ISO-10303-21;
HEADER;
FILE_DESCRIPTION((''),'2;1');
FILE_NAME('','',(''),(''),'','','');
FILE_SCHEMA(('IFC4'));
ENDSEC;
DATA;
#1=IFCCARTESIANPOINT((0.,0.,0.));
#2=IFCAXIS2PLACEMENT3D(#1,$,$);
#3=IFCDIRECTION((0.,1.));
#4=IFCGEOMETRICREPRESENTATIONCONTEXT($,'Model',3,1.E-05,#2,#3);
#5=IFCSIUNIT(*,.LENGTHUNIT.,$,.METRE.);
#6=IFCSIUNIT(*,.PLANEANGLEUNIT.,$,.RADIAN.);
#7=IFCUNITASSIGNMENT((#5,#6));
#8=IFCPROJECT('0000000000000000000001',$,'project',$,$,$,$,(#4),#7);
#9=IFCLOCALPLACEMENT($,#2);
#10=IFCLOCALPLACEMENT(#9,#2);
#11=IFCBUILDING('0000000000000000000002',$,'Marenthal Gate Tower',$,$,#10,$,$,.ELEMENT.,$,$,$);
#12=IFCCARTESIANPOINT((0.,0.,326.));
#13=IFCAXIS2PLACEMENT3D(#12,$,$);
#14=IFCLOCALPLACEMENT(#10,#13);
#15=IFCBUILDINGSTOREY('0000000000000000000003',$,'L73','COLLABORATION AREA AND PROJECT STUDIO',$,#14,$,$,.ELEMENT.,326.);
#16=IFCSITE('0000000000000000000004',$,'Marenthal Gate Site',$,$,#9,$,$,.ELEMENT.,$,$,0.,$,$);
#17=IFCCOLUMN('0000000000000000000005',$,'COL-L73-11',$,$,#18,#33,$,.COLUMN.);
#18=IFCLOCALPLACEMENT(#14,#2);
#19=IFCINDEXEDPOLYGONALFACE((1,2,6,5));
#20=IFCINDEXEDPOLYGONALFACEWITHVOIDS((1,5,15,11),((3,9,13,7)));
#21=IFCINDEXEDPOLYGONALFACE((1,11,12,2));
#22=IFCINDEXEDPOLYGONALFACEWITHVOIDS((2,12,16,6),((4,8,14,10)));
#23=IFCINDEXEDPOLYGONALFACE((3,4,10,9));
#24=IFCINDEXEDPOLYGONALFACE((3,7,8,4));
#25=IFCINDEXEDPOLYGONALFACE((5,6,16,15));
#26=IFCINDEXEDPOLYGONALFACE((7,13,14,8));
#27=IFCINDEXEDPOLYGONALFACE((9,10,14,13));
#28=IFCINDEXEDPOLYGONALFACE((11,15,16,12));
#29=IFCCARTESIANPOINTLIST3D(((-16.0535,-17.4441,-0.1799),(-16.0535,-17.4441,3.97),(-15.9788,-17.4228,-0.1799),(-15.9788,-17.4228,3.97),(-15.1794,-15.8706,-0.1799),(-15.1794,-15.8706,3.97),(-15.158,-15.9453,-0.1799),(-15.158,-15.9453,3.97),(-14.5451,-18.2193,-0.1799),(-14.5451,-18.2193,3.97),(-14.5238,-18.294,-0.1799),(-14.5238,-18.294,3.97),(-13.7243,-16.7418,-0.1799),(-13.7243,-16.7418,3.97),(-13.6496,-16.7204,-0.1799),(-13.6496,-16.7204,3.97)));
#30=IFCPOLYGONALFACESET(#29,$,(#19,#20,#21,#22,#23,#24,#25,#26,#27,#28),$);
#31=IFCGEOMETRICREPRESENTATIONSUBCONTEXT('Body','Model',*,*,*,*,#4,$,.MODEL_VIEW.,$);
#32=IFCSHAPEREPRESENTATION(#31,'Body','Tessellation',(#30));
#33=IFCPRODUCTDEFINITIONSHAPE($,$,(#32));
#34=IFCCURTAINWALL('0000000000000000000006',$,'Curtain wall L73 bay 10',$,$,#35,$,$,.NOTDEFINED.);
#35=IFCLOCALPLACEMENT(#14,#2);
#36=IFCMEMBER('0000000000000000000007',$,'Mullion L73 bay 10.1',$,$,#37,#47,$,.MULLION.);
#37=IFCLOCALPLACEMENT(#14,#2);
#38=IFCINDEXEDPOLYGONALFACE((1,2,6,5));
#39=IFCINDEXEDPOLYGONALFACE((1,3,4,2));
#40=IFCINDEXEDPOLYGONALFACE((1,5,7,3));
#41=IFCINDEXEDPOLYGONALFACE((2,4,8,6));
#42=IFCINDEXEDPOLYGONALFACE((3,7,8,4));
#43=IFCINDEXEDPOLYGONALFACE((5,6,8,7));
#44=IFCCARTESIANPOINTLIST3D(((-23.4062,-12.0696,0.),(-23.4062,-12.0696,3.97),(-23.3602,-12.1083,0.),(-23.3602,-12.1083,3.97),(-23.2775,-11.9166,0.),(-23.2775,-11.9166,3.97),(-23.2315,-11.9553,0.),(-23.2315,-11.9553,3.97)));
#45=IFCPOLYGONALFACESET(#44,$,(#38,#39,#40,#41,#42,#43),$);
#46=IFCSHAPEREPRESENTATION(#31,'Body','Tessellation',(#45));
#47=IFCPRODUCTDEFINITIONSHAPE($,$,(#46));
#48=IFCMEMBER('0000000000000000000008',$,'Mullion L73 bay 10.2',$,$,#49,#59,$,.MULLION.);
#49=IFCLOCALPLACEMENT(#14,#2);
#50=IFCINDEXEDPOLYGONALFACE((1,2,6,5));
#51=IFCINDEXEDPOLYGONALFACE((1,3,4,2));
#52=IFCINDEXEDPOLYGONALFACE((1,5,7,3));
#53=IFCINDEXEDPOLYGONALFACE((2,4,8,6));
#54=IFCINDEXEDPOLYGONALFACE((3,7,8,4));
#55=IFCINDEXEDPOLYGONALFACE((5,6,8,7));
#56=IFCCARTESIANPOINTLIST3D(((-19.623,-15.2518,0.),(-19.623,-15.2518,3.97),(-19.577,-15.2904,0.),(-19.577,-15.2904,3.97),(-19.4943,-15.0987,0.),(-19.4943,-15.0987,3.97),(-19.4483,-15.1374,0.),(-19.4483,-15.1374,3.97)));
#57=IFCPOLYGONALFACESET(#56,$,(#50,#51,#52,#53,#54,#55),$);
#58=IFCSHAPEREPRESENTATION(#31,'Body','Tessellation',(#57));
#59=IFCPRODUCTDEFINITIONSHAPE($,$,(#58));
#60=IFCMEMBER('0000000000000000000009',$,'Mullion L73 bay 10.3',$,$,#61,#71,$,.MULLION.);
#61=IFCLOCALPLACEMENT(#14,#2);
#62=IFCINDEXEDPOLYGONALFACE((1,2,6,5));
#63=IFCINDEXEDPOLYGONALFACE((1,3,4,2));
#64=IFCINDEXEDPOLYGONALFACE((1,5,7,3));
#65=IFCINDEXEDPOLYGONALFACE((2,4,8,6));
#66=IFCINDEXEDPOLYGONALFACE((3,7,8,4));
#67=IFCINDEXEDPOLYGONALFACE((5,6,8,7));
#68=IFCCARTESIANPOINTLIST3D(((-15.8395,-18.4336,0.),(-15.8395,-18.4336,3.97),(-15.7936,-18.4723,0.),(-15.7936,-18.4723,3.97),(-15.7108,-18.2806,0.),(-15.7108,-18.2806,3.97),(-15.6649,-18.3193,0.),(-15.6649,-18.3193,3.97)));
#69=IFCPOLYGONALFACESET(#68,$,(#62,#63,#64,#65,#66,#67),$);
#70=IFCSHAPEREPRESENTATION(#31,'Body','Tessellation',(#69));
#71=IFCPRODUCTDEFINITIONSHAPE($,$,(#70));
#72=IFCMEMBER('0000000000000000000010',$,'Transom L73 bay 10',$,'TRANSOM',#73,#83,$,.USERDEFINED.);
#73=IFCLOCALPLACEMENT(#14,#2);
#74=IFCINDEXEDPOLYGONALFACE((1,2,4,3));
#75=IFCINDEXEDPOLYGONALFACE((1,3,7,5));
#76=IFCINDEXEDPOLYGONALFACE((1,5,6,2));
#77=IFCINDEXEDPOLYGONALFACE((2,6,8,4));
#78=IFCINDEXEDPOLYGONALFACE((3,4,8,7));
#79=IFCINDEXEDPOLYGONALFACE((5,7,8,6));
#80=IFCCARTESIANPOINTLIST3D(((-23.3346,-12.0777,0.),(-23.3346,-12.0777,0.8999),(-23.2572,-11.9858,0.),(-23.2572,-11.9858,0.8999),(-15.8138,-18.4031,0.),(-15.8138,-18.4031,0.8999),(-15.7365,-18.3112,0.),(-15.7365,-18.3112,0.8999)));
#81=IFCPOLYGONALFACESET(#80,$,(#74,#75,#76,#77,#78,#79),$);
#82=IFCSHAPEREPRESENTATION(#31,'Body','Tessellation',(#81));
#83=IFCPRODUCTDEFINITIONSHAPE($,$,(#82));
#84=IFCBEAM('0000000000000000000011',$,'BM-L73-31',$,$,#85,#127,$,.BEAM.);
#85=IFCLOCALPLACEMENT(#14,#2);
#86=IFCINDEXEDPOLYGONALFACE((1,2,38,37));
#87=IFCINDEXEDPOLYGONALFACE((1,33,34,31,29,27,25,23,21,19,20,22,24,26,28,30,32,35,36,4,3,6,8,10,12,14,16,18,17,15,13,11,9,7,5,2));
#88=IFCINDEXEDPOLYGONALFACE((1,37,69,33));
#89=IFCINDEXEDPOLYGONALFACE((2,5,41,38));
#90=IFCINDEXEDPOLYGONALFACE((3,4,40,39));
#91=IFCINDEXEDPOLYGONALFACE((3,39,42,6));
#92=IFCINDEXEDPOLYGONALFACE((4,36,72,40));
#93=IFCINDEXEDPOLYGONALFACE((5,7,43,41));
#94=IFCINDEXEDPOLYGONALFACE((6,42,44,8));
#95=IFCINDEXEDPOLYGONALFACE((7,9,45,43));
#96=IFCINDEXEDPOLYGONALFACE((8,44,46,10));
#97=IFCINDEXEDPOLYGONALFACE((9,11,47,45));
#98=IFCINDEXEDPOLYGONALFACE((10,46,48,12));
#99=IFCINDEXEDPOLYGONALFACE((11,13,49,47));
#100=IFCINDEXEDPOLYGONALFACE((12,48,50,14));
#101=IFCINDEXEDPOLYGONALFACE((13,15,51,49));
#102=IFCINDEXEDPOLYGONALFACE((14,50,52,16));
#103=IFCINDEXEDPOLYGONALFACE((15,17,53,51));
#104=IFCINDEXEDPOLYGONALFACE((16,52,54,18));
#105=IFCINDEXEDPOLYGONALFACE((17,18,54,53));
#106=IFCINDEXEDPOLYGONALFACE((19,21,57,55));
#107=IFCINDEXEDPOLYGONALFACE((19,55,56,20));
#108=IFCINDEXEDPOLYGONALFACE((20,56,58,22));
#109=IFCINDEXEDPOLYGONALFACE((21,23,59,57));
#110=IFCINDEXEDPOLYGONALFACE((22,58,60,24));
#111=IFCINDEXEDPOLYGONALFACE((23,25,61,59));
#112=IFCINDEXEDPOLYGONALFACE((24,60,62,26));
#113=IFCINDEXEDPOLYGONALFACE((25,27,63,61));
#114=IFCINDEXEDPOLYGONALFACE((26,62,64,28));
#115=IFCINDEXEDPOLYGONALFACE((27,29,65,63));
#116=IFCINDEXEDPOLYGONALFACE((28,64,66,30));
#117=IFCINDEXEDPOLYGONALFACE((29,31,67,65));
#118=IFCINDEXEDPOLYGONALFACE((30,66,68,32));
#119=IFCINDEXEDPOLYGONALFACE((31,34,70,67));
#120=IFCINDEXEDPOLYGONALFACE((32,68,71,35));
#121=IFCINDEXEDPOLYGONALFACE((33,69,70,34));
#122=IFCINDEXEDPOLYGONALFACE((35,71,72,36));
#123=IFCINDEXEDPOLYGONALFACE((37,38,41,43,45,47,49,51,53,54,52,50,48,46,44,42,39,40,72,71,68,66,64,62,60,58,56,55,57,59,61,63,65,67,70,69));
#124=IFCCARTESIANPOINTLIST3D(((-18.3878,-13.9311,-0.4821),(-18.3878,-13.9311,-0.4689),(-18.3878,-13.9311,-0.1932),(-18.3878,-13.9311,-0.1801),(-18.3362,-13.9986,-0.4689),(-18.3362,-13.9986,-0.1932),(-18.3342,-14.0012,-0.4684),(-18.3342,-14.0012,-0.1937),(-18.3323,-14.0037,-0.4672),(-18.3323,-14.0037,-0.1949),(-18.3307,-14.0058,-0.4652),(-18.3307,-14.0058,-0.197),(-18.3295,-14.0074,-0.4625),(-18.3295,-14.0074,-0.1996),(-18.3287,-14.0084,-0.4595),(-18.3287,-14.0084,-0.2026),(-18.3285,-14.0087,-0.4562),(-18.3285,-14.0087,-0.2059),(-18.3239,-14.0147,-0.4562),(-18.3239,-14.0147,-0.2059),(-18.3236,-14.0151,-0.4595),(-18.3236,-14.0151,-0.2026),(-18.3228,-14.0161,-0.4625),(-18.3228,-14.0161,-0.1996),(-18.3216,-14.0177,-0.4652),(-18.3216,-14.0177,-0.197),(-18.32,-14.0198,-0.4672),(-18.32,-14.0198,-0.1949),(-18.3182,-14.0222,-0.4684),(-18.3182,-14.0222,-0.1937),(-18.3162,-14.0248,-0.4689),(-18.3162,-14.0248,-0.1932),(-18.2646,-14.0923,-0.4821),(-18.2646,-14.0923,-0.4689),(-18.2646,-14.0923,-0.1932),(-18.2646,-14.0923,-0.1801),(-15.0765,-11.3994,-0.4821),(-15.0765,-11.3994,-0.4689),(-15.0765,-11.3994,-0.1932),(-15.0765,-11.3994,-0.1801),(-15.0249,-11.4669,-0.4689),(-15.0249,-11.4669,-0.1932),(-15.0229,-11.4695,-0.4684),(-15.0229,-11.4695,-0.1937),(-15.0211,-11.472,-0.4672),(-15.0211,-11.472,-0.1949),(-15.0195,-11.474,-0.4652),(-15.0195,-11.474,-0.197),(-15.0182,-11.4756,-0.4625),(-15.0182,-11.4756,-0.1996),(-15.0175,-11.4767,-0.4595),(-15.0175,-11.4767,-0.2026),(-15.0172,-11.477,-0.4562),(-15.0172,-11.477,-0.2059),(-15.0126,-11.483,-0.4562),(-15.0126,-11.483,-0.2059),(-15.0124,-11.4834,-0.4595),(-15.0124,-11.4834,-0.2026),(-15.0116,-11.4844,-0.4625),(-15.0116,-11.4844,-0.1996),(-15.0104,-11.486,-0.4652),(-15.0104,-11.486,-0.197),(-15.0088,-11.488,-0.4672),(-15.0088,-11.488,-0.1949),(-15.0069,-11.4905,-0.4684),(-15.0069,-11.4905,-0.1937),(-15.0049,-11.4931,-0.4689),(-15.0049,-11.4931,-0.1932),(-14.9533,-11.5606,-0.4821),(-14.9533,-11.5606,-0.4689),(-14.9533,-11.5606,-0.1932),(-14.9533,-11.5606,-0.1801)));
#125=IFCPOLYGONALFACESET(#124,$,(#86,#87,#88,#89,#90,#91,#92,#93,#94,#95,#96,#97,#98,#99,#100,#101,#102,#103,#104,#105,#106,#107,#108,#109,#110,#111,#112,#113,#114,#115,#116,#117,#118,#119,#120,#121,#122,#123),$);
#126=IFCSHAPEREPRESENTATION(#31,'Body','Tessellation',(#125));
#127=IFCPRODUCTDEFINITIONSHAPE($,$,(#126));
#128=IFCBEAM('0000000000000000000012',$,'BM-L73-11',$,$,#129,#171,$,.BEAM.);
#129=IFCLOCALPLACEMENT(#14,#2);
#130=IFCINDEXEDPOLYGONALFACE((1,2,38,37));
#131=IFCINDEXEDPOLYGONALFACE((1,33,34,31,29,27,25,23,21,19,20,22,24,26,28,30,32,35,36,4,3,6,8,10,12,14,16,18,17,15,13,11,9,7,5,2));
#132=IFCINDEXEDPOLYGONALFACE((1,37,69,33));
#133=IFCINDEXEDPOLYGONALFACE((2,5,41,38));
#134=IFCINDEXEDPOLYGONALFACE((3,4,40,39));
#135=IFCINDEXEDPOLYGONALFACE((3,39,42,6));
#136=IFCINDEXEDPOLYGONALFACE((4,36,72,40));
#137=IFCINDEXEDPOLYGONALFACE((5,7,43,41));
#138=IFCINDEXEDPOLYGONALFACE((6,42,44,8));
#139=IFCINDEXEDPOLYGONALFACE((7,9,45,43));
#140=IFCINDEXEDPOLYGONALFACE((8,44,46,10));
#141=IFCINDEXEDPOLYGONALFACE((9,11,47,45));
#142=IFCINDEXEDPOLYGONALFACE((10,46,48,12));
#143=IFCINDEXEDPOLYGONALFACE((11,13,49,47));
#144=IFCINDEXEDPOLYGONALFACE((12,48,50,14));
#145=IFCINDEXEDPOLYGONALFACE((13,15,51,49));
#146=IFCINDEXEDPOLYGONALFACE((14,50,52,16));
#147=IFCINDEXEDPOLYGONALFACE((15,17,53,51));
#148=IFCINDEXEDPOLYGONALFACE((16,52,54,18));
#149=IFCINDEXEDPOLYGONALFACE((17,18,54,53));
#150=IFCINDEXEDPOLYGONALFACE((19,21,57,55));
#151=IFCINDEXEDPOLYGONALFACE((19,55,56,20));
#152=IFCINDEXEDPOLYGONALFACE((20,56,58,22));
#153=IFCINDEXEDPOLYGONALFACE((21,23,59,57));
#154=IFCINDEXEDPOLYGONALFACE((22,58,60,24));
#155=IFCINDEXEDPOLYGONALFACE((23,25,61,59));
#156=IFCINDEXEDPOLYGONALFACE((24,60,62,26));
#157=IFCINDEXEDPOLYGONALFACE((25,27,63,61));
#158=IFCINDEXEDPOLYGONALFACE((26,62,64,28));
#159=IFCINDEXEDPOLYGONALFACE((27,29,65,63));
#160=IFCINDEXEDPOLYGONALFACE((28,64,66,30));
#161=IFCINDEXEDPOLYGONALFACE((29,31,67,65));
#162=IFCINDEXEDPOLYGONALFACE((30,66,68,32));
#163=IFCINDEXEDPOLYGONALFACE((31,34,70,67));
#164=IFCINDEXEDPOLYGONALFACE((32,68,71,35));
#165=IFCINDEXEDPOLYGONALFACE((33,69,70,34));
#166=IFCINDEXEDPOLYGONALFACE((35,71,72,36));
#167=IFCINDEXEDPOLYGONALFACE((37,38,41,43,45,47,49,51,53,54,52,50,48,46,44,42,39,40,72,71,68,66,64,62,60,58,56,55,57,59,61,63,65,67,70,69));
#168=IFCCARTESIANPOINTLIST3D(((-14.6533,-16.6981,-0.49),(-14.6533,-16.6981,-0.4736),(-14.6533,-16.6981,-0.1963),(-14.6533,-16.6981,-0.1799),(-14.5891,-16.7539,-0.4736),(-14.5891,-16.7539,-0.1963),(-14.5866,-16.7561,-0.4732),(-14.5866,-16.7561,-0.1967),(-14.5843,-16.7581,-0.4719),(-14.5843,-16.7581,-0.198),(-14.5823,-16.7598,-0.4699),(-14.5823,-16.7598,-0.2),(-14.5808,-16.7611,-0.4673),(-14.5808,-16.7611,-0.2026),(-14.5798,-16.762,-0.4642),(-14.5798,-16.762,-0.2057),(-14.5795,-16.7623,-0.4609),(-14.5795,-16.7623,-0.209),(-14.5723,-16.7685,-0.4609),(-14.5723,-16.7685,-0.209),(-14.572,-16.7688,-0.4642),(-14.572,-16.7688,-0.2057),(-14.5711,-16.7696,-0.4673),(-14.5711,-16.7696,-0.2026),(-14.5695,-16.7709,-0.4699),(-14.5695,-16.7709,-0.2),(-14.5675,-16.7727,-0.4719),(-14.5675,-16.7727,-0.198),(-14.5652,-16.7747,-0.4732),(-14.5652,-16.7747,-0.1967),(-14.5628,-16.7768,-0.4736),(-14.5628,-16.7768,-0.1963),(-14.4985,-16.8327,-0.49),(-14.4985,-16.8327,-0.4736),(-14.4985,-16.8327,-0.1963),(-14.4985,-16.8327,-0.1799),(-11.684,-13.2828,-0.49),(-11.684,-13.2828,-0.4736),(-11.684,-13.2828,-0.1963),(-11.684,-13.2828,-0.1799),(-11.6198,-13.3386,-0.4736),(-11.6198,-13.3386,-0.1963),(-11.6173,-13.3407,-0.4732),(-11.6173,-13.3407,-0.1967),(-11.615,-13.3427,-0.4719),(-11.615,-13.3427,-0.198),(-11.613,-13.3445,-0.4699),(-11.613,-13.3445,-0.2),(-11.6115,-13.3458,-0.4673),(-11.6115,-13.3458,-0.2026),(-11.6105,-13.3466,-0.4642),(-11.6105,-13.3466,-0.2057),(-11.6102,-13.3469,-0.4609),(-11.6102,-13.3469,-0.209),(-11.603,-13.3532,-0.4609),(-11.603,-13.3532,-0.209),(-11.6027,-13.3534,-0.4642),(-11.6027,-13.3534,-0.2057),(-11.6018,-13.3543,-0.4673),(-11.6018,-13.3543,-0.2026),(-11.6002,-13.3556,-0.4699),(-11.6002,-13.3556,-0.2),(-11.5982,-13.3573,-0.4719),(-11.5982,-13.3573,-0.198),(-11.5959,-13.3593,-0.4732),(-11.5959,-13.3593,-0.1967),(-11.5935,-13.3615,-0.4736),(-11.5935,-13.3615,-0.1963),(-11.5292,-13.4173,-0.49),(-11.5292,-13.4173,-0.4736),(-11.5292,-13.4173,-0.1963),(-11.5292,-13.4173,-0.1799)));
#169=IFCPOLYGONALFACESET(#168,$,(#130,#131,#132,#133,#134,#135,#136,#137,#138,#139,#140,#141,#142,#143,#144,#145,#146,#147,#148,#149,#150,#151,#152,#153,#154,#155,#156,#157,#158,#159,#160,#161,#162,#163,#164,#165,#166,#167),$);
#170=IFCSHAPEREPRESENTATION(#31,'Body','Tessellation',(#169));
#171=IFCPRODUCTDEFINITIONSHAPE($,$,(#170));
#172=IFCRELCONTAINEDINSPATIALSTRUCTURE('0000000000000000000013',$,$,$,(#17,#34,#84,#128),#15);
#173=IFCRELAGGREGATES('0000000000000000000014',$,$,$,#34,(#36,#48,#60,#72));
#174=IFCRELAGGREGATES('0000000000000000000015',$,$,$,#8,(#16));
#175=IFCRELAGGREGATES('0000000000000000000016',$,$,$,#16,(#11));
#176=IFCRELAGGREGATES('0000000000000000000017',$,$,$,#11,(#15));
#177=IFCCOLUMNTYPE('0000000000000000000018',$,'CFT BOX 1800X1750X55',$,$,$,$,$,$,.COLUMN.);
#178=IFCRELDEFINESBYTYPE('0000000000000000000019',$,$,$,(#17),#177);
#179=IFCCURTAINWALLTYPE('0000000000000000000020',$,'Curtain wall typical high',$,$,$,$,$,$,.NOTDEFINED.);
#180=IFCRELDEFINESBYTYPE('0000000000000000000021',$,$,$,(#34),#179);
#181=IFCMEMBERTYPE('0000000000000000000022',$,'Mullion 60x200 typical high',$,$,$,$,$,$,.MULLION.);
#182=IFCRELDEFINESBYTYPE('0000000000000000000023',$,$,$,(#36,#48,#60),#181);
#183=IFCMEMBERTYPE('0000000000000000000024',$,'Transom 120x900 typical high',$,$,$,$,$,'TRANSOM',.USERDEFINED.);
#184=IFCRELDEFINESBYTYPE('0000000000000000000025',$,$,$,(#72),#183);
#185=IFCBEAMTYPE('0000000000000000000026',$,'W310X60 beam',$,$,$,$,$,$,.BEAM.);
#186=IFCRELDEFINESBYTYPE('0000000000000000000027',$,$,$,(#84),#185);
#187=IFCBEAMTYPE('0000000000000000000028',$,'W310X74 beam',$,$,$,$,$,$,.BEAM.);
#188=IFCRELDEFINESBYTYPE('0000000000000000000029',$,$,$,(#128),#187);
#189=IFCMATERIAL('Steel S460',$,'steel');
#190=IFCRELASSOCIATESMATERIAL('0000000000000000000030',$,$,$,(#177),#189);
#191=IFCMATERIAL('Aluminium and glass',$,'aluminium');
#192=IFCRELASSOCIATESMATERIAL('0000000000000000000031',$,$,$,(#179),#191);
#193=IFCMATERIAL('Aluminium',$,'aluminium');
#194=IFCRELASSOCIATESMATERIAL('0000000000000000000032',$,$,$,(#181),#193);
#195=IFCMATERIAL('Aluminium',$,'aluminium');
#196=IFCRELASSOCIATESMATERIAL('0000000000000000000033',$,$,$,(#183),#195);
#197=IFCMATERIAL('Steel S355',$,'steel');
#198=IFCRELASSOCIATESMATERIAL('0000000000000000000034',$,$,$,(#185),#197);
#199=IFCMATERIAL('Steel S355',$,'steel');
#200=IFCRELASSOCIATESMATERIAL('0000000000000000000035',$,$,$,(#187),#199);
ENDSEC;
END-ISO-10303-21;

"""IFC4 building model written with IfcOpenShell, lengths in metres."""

from ifc_helpers import new_model, si_unit, direction, frame, origin, origin_2d, place, context, subcontext, project, spatial, rectangle, hollow_rectangle, i_section, extrude, material, material_profile, profile_set, type_object, element, aggregate, save


model = new_model("IFC4")

# Units and contexts
model_context = context("Model", 3, precision=1e-05, world=origin(), true_north=direction((0.0, 1.0)))
body_context = subcontext(model_context, "Body", "Model", "MODEL_VIEW")
ifc_project = project(units=[si_unit("LENGTHUNIT", "METRE"), si_unit("PLANEANGLEUNIT", "RADIAN")], contexts=[model_context])

# Site, building, storey
site_placement = place(None, origin())
site = spatial("IfcSite", under=ifc_project, at=site_placement, Name="Marenthal Gate Site", CompositionType="ELEMENT", RefElevation=0.0)
building_placement = place(site_placement, origin())
building = spatial("IfcBuilding", under=site, at=building_placement, Name="Marenthal Gate Tower", CompositionType="ELEMENT")
storey_placement = place(building_placement, frame((0.0, 0.0, 326.0)))
storey = spatial("IfcBuildingStorey", under=building, at=storey_placement, Name="L73", Description="COLLABORATION AREA AND PROJECT STUDIO", CompositionType="ELEMENT", Elevation=326.0)

# Column
ifc_material_1 = material(Name="Steel S460", Category="steel")
ifc_material_profile_1 = material_profile(ifc_material_1, hollow_rectangle(XDim=1.75, YDim=1.8, WallThickness=0.0549, at=origin_2d()), Name="CFT BOX 1800X1750X55")
ifc_material_2 = material(Name="Concrete 70 MPa", Category="concrete")
ifc_material_profile_2 = material_profile(ifc_material_2, rectangle(XDim=1.6399, YDim=1.6899, at=origin_2d()), Name="CFT BOX 1800X1750X55 INFILL")
ifc_profile_set_1 = profile_set([ifc_material_profile_1, ifc_material_profile_2], Name="Steel S460 shell, Concrete 70 MPa infill")
column_type = type_object("IfcColumnType", Name="CFT BOX 1800X1750X55", PredefinedType="COLUMN", material=ifc_profile_set_1)
column_placement = place(storey_placement, frame((-14.8516, -17.0823, -0.1799), z_axis=(0.0, 0.0, 1.0), x_axis=(-0.874163, 0.485632, 0.0)))
element("IfcColumn", 1, at=column_placement, inside=storey, type_object=column_type, Name="COL-L73-11", PredefinedType="COLUMN", context=body_context, shape_type="SweptSolid", body=[
    extrude(hollow_rectangle(XDim=1.75, YDim=1.8, WallThickness=0.0549, at=origin_2d()), origin(), (0.0, 0.0, 1.0), 4.1499),
])

# Curtain wall, members
ifc_material_3 = material(Name="Aluminium and glass", Category="aluminium")
curtain_wall_type = type_object("IfcCurtainWallType", Name="Curtain wall typical high", PredefinedType="NOTDEFINED", material=ifc_material_3)
curtain_wall_placement = place(storey_placement, origin())
curtain_wall = element("IfcCurtainWall", 2, at=curtain_wall_placement, inside=storey, type_object=curtain_wall_type, Name="Curtain wall L73 bay 10", PredefinedType="NOTDEFINED")
ifc_material_4 = material(Name="Aluminium", Category="aluminium")
ifc_material_profile_3 = material_profile(ifc_material_4, rectangle(XDim=0.2, YDim=0.0601, at=origin_2d()), Name="60x200 aluminium mullion")
ifc_profile_set_2 = profile_set([ifc_material_profile_3], Name="Aluminium")
member_type_1 = type_object("IfcMemberType", Name="Mullion 60x200 typical high", PredefinedType="MULLION", material=ifc_profile_set_2)
member_1_placement = place(storey_placement, frame((-23.3188, -12.0125, 0.0), z_axis=(0.0, 0.0, 1.0), x_axis=(0.643676, 0.765298, 0.0)))
member_1 = element("IfcMember", 3, at=member_1_placement, type_object=member_type_1, Name="Mullion L73 bay 10.1", PredefinedType="MULLION", context=body_context, shape_type="SweptSolid", body=[
    extrude(rectangle(XDim=0.2, YDim=0.0601, at=origin_2d()), origin(), (0.0, 0.0, 1.0), 3.97),
])
member_2_placement = place(storey_placement, frame((-19.5356, -15.1946, 0.0), z_axis=(0.0, 0.0, 1.0), x_axis=(0.643676, 0.765298, 0.0)))
member_2 = element("IfcMember", 4, at=member_2_placement, type_object=member_type_1, Name="Mullion L73 bay 10.2", PredefinedType="MULLION", context=body_context, shape_type="SweptSolid", body=[
    extrude(rectangle(XDim=0.2, YDim=0.0601, at=origin_2d()), origin(), (0.0, 0.0, 1.0), 3.97),
])
member_3_placement = place(storey_placement, frame((-15.7522, -18.3765, 0.0), z_axis=(0.0, 0.0, 1.0), x_axis=(0.643676, 0.765298, 0.0)))
member_3 = element("IfcMember", 5, at=member_3_placement, type_object=member_type_1, Name="Mullion L73 bay 10.3", PredefinedType="MULLION", context=body_context, shape_type="SweptSolid", body=[
    extrude(rectangle(XDim=0.2, YDim=0.0601, at=origin_2d()), origin(), (0.0, 0.0, 1.0), 3.97),
])
ifc_material_5 = material(Name="Aluminium", Category="aluminium")
ifc_material_profile_4 = material_profile(ifc_material_5, rectangle(XDim=0.1201, YDim=0.8999, at=origin_2d()), Name="120x900 aluminium transom")
ifc_profile_set_3 = profile_set([ifc_material_profile_4], Name="Aluminium")
member_type_2 = type_object("IfcMemberType", Name="Transom 120x900 typical high", ElementType="TRANSOM", PredefinedType="USERDEFINED", material=ifc_profile_set_3)
member_4_placement = place(storey_placement, frame((-23.2959, -12.0317, 0.45), z_axis=(0.765303, -0.64367, 0.0), x_axis=(0.64367, 0.765303, 0.0)))
member_4 = element("IfcMember", 6, at=member_4_placement, type_object=member_type_2, Name="Transom L73 bay 10", ObjectType="TRANSOM", PredefinedType="USERDEFINED", context=body_context, shape_type="SweptSolid", body=[
    extrude(rectangle(XDim=0.1201, YDim=0.8999, at=origin_2d()), origin(), (0.0, 0.0, 1.0), 9.8271),
])

# Beams
ifc_material_6 = material(Name="Steel S355", Category="steel")
ifc_material_profile_5 = material_profile(ifc_material_6, i_section(OverallWidth=0.2029, OverallDepth=0.302, WebThickness=0.0076, FlangeThickness=0.0132, FilletRadius=0.0127, at=origin_2d()), Name="W310X60")
ifc_profile_set_4 = profile_set([ifc_material_profile_5], Name="Steel S355")
beam_type_1 = type_object("IfcBeamType", Name="W310X60 beam", PredefinedType="BEAM", material=ifc_profile_set_4)
beam_1_placement = place(storey_placement, frame((-18.3262, -14.0117, -0.3311), z_axis=(0.794406, 0.607387, 0.0), x_axis=(-0.607387, 0.794406, 0.0)))
element("IfcBeam", 7, at=beam_1_placement, inside=storey, type_object=beam_type_1, Name="BM-L73-31", PredefinedType="BEAM", context=body_context, shape_type="SweptSolid", body=[
    extrude(i_section(OverallWidth=0.2029, OverallDepth=0.302, WebThickness=0.0076, FlangeThickness=0.0132, FilletRadius=0.0127, at=origin_2d()), origin(), (0.0, 0.0, 1.0), 4.1682),
])
ifc_material_7 = material(Name="Steel S355", Category="steel")
ifc_material_profile_6 = material_profile(ifc_material_7, i_section(OverallWidth=0.2051, OverallDepth=0.3101, WebThickness=0.0095, FlangeThickness=0.0164, FilletRadius=0.0127, at=origin_2d()), Name="W310X74")
ifc_profile_set_5 = profile_set([ifc_material_profile_6], Name="Steel S355")
beam_type_2 = type_object("IfcBeamType", Name="W310X74 beam", PredefinedType="BEAM", material=ifc_profile_set_5)
beam_2_placement = place(storey_placement, frame((-14.5759, -16.7654, -0.335), z_axis=(0.656107, 0.754668, 0.0), x_axis=(-0.754668, 0.656107, 0.0)))
element("IfcBeam", 8, at=beam_2_placement, inside=storey, type_object=beam_type_2, Name="BM-L73-11", PredefinedType="BEAM", context=body_context, shape_type="SweptSolid", body=[
    extrude(i_section(OverallWidth=0.2051, OverallDepth=0.3101, WebThickness=0.0095, FlangeThickness=0.0164, FilletRadius=0.0127, at=origin_2d()), origin(), (0.0, 0.0, 1.0), 4.5256),
])

aggregate(curtain_wall, [member_1, member_2, member_3, member_4])

save(model, "model.ifc")
